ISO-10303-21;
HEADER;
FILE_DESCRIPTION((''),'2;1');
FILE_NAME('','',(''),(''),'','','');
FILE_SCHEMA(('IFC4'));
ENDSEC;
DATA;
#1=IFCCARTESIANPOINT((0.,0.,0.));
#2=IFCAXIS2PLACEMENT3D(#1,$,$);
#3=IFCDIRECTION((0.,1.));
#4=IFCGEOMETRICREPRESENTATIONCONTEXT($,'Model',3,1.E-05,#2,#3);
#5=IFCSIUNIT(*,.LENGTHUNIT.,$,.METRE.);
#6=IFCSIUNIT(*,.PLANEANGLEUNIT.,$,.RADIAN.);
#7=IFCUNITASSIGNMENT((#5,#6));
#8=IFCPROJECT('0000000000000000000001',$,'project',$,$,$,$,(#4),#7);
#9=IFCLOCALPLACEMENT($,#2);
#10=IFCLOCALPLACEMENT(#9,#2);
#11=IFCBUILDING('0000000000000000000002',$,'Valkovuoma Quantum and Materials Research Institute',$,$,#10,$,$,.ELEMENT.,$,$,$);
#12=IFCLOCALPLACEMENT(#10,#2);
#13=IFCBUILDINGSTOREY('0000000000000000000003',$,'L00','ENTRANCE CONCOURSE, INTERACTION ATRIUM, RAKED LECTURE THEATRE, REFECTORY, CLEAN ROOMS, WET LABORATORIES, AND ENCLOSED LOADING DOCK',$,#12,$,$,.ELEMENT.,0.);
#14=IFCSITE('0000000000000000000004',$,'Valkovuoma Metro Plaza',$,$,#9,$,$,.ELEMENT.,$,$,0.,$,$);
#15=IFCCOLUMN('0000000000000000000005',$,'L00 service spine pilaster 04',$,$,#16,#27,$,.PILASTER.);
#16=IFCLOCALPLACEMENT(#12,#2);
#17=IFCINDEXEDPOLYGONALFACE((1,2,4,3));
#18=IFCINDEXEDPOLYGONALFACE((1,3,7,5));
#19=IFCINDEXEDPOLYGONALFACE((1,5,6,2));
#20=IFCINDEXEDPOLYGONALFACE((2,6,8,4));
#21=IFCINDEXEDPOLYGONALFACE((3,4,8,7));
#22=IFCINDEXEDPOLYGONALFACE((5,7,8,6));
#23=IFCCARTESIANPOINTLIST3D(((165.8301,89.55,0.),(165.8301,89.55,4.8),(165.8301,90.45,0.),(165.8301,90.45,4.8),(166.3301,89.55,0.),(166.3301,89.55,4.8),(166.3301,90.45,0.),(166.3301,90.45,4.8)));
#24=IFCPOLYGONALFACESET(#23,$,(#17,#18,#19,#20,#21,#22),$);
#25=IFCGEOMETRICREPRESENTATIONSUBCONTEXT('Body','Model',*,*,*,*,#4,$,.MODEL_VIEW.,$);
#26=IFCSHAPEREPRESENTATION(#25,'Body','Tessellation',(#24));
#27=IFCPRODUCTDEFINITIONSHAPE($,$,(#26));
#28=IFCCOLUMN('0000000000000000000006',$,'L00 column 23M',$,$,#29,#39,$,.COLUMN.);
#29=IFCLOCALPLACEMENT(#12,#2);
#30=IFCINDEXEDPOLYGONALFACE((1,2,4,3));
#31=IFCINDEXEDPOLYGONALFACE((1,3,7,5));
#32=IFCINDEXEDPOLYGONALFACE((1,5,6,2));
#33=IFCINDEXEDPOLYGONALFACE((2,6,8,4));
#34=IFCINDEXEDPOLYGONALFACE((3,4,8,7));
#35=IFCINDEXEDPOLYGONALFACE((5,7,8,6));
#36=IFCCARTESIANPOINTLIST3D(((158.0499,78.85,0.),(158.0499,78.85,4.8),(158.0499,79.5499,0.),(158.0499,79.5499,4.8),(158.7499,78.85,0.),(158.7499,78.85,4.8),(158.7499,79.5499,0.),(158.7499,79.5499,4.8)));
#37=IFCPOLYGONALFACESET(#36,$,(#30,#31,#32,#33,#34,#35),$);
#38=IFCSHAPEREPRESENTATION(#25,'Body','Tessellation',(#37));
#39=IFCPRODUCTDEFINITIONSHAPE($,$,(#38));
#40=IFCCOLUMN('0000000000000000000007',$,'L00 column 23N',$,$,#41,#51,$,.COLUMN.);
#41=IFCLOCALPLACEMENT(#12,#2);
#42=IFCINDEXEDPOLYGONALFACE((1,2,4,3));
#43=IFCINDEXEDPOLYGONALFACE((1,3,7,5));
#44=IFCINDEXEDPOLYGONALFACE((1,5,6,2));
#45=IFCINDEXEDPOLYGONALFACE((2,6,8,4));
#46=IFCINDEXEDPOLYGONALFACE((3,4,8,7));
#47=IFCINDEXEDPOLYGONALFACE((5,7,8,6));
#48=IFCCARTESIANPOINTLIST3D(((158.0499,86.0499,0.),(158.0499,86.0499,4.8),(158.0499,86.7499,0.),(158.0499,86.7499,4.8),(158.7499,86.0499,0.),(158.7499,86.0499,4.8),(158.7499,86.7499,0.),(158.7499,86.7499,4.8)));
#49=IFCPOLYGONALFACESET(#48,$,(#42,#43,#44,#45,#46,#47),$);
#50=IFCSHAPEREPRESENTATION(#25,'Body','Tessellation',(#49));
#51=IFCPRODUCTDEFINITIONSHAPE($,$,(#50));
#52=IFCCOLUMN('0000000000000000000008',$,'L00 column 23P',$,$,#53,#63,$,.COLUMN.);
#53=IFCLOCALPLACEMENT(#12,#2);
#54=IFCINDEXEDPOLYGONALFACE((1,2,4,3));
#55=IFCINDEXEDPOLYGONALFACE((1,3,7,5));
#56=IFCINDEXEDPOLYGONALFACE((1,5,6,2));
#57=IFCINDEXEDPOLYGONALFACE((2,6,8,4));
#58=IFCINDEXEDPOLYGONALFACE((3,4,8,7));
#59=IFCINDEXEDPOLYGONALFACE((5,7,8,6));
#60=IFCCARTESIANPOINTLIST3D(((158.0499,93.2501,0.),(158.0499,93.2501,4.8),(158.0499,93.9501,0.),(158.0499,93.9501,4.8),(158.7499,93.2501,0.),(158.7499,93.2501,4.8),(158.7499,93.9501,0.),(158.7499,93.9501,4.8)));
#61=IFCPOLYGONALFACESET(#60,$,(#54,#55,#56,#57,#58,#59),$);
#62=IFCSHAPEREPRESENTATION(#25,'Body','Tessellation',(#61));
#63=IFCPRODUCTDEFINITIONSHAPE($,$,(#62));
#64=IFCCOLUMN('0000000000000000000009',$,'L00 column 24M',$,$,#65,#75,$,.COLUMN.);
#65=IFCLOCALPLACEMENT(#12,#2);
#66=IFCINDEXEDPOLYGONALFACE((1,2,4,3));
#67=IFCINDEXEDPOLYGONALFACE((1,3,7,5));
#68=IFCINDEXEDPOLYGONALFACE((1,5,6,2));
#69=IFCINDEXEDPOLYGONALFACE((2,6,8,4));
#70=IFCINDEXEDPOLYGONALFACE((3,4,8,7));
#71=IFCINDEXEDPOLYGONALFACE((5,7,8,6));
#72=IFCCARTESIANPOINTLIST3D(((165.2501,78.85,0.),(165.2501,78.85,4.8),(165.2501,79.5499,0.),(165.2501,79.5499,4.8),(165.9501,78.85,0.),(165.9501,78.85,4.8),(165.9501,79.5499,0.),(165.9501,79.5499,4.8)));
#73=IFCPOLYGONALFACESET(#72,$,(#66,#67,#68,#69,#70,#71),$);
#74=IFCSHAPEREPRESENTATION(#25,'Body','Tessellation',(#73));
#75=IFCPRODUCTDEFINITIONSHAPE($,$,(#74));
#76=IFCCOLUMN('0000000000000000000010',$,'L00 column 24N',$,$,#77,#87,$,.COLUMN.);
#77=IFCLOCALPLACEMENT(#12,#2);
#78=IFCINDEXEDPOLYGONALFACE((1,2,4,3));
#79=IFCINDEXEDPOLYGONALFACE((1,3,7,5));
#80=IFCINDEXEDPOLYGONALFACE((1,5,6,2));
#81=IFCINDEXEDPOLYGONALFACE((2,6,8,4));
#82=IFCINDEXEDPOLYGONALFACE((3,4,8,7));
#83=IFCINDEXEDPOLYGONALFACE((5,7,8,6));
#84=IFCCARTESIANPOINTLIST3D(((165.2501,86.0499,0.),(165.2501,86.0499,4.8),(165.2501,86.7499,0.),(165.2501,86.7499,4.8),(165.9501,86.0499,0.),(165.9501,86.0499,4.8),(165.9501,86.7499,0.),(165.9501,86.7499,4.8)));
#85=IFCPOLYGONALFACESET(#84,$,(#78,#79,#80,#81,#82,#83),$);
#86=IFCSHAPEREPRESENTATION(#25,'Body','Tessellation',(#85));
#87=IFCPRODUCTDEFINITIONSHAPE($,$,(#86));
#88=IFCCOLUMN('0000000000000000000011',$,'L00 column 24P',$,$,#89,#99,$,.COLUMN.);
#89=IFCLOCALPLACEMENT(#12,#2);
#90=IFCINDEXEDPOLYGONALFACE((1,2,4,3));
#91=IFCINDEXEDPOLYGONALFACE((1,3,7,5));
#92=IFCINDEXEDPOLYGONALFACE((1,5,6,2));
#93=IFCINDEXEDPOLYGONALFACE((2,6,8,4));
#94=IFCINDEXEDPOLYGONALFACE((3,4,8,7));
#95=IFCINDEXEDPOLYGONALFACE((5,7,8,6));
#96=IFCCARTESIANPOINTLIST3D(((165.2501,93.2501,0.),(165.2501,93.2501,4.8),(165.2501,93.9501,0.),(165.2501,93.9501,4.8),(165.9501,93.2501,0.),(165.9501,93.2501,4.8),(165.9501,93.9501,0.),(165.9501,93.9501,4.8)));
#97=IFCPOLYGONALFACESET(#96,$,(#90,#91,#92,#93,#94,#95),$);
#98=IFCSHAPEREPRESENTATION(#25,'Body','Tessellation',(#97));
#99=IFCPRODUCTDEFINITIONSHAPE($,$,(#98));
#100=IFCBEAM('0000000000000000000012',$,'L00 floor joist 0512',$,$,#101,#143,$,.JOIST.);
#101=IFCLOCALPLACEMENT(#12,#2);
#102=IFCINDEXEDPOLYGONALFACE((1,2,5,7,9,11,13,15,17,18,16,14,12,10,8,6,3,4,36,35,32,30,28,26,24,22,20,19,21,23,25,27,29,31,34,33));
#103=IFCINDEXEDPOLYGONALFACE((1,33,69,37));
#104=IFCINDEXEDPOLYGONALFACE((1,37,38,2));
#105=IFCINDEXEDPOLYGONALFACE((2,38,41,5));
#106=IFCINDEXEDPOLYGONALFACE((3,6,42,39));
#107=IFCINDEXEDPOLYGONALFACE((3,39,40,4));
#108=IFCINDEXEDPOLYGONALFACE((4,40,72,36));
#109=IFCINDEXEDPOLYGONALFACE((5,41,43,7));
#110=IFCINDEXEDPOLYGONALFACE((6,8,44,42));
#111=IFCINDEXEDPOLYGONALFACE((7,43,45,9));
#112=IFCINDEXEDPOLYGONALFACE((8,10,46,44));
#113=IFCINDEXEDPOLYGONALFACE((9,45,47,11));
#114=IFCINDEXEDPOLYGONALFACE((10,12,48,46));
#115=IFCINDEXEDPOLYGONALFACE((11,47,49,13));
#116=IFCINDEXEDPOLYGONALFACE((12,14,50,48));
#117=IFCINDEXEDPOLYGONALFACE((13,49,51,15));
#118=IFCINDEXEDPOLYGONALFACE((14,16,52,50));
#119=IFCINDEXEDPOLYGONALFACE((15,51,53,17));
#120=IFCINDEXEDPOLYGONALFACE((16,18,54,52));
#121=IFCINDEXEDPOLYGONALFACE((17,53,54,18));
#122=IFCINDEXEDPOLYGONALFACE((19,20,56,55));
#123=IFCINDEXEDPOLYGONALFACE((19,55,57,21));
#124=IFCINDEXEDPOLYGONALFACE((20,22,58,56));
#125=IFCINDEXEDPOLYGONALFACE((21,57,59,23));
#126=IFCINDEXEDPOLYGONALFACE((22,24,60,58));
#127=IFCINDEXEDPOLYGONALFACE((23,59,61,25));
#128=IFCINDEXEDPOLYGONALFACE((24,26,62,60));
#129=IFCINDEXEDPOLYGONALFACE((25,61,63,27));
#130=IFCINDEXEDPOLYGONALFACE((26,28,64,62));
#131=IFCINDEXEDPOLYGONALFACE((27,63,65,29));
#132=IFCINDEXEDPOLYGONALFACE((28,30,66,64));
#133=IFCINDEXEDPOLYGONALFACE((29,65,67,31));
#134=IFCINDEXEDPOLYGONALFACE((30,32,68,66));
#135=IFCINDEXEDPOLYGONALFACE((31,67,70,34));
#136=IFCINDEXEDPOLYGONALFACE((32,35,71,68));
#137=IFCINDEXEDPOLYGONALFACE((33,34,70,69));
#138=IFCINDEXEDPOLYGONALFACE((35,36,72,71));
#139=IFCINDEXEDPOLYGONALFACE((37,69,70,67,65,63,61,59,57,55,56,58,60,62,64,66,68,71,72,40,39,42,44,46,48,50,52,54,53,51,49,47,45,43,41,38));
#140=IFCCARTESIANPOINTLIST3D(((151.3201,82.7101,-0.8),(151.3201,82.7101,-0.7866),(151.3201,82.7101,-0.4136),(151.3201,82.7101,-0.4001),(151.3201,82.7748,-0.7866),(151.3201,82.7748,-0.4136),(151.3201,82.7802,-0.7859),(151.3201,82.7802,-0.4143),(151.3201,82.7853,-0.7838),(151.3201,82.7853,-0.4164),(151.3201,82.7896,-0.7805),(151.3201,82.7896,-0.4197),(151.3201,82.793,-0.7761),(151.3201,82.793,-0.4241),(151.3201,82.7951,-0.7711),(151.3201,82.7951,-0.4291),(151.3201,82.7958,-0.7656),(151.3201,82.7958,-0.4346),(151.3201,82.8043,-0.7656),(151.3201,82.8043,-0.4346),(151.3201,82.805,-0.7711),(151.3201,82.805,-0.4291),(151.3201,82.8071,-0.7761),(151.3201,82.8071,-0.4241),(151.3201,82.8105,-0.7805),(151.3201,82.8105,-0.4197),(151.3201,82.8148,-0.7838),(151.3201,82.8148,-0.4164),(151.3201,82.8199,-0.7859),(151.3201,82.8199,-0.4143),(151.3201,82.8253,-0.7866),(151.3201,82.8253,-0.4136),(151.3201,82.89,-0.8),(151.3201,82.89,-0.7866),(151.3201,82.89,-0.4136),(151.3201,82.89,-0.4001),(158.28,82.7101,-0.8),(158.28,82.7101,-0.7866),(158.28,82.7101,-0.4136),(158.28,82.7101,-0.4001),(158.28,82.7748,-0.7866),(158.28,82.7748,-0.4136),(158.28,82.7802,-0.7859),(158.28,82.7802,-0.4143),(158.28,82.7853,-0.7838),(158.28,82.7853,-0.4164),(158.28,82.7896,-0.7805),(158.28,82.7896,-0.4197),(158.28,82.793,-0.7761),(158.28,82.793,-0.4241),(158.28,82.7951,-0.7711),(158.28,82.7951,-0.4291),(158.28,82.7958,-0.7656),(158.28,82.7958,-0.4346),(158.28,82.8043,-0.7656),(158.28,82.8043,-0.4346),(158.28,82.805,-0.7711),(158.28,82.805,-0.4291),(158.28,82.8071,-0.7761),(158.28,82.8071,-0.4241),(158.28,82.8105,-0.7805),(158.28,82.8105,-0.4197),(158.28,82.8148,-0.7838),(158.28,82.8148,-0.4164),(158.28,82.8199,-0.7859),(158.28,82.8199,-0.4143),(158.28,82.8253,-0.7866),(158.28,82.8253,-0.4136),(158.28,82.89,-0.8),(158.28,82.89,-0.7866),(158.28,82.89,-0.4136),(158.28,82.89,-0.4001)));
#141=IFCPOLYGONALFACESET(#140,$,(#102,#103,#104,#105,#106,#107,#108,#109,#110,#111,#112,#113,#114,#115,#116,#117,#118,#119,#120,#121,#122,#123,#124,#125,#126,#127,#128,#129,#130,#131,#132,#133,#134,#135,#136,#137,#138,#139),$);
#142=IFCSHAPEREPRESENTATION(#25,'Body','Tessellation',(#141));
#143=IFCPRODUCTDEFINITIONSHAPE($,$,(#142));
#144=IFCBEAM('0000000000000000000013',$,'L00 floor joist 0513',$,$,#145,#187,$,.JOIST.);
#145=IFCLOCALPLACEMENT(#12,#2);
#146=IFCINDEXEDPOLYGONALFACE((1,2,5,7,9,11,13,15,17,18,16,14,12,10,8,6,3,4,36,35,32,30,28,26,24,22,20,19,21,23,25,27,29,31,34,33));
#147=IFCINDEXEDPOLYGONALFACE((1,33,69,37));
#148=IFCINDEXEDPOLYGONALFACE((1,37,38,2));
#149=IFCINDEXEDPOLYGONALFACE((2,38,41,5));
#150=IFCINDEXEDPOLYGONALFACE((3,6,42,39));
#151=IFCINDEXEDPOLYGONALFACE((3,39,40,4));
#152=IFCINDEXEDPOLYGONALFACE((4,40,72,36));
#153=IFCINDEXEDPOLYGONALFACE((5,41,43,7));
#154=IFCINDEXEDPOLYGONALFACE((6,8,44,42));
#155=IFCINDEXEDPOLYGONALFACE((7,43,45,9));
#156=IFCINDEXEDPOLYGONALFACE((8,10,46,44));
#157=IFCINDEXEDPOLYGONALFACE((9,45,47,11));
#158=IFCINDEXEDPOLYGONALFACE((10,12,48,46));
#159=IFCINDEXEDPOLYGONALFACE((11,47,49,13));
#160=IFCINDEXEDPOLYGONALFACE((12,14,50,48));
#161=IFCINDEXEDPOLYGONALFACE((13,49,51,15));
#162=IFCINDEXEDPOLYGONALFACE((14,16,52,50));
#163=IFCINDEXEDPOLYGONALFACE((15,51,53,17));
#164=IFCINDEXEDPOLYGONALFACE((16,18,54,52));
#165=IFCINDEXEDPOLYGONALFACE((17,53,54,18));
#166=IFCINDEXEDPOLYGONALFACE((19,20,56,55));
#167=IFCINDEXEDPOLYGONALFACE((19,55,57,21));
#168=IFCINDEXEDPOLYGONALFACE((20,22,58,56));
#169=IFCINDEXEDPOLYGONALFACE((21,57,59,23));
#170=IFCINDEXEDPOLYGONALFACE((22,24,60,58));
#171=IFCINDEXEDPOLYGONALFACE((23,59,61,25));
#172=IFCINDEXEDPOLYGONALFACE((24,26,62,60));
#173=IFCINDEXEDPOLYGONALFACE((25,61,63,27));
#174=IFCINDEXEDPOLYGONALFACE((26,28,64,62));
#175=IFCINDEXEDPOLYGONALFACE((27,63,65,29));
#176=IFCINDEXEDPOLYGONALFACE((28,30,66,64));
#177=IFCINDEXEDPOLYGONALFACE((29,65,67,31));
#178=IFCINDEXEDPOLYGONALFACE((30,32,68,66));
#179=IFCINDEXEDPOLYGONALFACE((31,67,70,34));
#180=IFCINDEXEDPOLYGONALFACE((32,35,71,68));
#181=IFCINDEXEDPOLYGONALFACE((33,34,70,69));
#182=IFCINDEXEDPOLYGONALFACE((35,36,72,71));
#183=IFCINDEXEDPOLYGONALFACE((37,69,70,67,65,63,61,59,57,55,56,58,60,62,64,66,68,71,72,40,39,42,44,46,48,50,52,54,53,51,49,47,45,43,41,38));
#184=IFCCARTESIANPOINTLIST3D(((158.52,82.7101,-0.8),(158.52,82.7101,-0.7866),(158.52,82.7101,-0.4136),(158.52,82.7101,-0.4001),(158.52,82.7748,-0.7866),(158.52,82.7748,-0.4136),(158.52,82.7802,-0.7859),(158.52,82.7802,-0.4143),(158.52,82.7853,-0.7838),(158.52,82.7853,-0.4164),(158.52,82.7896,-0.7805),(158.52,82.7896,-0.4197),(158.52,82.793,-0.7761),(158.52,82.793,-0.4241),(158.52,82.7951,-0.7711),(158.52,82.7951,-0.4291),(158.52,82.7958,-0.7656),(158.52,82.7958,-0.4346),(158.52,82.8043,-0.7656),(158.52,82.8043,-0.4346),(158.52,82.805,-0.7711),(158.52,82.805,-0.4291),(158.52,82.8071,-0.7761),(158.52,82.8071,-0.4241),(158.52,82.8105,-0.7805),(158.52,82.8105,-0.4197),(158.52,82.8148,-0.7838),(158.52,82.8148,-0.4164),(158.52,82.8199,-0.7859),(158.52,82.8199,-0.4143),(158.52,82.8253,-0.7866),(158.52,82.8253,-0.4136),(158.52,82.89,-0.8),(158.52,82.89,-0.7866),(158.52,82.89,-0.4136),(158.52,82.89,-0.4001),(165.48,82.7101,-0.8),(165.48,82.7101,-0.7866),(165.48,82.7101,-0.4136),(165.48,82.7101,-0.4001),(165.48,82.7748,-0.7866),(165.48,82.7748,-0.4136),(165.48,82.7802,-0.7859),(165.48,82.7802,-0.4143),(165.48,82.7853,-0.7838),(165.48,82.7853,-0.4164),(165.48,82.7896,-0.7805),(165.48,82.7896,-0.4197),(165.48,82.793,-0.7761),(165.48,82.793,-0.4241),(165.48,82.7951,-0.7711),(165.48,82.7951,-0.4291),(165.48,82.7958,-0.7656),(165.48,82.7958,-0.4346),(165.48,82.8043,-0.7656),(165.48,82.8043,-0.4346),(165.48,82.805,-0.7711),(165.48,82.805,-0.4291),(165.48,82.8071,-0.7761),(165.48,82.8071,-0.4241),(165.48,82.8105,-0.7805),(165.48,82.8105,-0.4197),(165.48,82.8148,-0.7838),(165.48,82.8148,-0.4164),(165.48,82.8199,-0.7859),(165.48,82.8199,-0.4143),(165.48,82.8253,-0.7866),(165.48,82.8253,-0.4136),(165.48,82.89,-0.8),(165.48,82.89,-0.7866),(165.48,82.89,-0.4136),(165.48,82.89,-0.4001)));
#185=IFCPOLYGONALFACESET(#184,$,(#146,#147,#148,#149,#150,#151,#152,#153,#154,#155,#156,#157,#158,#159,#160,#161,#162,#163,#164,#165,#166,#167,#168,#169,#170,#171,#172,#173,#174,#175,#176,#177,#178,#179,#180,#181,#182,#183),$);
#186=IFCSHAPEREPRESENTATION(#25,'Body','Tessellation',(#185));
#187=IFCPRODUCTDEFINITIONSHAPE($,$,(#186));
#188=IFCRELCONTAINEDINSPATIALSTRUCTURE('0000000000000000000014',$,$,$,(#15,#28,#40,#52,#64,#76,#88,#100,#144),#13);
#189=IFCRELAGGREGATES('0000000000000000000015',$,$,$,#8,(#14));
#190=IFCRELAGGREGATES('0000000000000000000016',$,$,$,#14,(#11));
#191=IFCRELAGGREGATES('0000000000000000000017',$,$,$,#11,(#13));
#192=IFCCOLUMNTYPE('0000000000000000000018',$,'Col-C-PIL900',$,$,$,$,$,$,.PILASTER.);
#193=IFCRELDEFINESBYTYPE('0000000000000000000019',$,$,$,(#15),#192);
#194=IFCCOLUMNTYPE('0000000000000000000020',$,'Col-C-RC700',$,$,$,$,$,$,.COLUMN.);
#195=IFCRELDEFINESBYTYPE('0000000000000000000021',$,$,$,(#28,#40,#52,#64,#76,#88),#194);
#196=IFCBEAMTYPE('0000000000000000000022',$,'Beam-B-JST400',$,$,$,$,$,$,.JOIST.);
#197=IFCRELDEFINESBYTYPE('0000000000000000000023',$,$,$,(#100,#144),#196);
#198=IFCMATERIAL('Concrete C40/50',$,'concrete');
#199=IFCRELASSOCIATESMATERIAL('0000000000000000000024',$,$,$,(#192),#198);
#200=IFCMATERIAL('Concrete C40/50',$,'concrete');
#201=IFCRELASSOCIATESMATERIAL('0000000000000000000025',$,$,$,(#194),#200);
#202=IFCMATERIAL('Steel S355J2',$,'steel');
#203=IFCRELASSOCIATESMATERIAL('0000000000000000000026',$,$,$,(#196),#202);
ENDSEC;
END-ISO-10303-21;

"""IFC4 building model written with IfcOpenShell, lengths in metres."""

from ifc_helpers import new_model, si_unit, direction, frame, origin, origin_2d, place, context, subcontext, project, spatial, rectangle, i_section, extrude, material, material_profile, profile_set, type_object, element, save


model = new_model("IFC4")

# Units and contexts
model_context = context("Model", 3, precision=1e-05, world=origin(), true_north=direction((0.0, 1.0)))
body_context = subcontext(model_context, "Body", "Model", "MODEL_VIEW")
ifc_project = project(units=[si_unit("LENGTHUNIT", "METRE"), si_unit("PLANEANGLEUNIT", "RADIAN")], contexts=[model_context])

# Site, building, storey
site_placement = place(None, origin())
site = spatial("IfcSite", under=ifc_project, at=site_placement, Name="Valkovuoma Metro Plaza", CompositionType="ELEMENT", RefElevation=0.0)
building_placement = place(site_placement, origin())
building = spatial("IfcBuilding", under=site, at=building_placement, Name="Valkovuoma Quantum and Materials Research Institute", CompositionType="ELEMENT")
storey_placement = place(building_placement, origin())
storey = spatial("IfcBuildingStorey", under=building, at=storey_placement, Name="L00", Description="ENTRANCE CONCOURSE, INTERACTION ATRIUM, RAKED LECTURE THEATRE, REFECTORY, CLEAN ROOMS, WET LABORATORIES, AND ENCLOSED LOADING DOCK", CompositionType="ELEMENT", Elevation=0.0)

# Columns
ifc_material_1 = material(Name="Concrete C40/50", Category="concrete")
ifc_material_profile_1 = material_profile(ifc_material_1, rectangle(XDim=0.5, YDim=0.8999, at=origin_2d()), Name="Concrete C40/50")
ifc_profile_set_1 = profile_set([ifc_material_profile_1], Name="Concrete C40/50")
column_type_1 = type_object("IfcColumnType", Name="Col-C-PIL900", PredefinedType="PILASTER", material=ifc_profile_set_1)
column_placement = place(storey_placement, frame((166.0801, 90.0, 0.0), z_axis=(0.0, 0.0, 1.0), x_axis=(1.0, 0.0, 0.0)))
element("IfcColumn", 1, at=column_placement, inside=storey, type_object=column_type_1, Name="L00 service spine pilaster 04", PredefinedType="PILASTER", context=body_context, shape_type="SweptSolid", body=[
    extrude(rectangle(XDim=0.5, YDim=0.8999, at=origin_2d()), origin(), (0.0, 0.0, 1.0), 4.8),
])
ifc_material_2 = material(Name="Concrete C40/50", Category="concrete")
ifc_material_profile_2 = material_profile(ifc_material_2, rectangle(XDim=0.7, YDim=0.7, at=origin_2d()), Name="Concrete C40/50")
ifc_profile_set_2 = profile_set([ifc_material_profile_2], Name="Concrete C40/50")
column_type_2 = type_object("IfcColumnType", Name="Col-C-RC700", PredefinedType="COLUMN", material=ifc_profile_set_2)
for number, where, z_axis, x_axis, name in (
    (2, (158.3999, 79.2, 0.0), (0.0, 0.0, 1.0), (1.0, 0.0, 0.0), "L00 column 23M"),
    (3, (158.3999, 86.3999, 0.0), (0.0, 0.0, 1.0), (1.0, 0.0, 0.0), "L00 column 23N"),
    (4, (158.3999, 93.6001, 0.0), (0.0, 0.0, 1.0), (1.0, 0.0, 0.0), "L00 column 23P"),
    (5, (165.6001, 79.2, 0.0), (0.0, 0.0, 1.0), (1.0, 0.0, 0.0), "L00 column 24M"),
    (6, (165.6001, 86.3999, 0.0), (0.0, 0.0, 1.0), (1.0, 0.0, 0.0), "L00 column 24N"),
    (7, (165.6001, 93.6001, 0.0), (0.0, 0.0, 1.0), (1.0, 0.0, 0.0), "L00 column 24P"),
):
    element("IfcColumn", number, at=place(storey_placement, frame(where, z_axis=z_axis, x_axis=x_axis)), inside=storey, type_object=column_type_2, Name=name, PredefinedType="COLUMN", context=body_context, shape_type="SweptSolid", body=[
        extrude(rectangle(XDim=0.7, YDim=0.7, at=origin_2d()), origin(), (0.0, 0.0, 1.0), 4.8),
    ])

# Beams
ifc_material_3 = material(Name="Steel S355J2", Category="steel")
ifc_material_profile_3 = material_profile(ifc_material_3, i_section(OverallWidth=0.1799, OverallDepth=0.3999, WebThickness=0.0085, FlangeThickness=0.0134, FilletRadius=0.021, at=origin_2d()), Name="Steel S355J2")
ifc_profile_set_3 = profile_set([ifc_material_profile_3], Name="Steel S355J2")
beam_type_1 = type_object("IfcBeamType", Name="Beam-B-JST400", PredefinedType="JOIST", material=ifc_profile_set_3)
for number, where, z_axis, x_axis, name in (
    (8, (151.3201, 82.8, -0.6001), (1.0, 0.0, 0.0), (0.0, 1.0, 0.0), "L00 floor joist 0512"),
    (9, (158.52, 82.8, -0.6001), (1.0, 0.0, 0.0), (0.0, 1.0, 0.0), "L00 floor joist 0513"),
):
    element("IfcBeam", number, at=place(storey_placement, frame(where, z_axis=z_axis, x_axis=x_axis)), inside=storey, type_object=beam_type_1, Name=name, PredefinedType="JOIST", context=body_context, shape_type="SweptSolid", body=[
        extrude(i_section(OverallWidth=0.1799, OverallDepth=0.3999, WebThickness=0.0085, FlangeThickness=0.0134, FilletRadius=0.021, at=origin_2d()), origin(), (0.0, 0.0, 1.0), 6.96),
    ])

save(model, "model.ifc")
